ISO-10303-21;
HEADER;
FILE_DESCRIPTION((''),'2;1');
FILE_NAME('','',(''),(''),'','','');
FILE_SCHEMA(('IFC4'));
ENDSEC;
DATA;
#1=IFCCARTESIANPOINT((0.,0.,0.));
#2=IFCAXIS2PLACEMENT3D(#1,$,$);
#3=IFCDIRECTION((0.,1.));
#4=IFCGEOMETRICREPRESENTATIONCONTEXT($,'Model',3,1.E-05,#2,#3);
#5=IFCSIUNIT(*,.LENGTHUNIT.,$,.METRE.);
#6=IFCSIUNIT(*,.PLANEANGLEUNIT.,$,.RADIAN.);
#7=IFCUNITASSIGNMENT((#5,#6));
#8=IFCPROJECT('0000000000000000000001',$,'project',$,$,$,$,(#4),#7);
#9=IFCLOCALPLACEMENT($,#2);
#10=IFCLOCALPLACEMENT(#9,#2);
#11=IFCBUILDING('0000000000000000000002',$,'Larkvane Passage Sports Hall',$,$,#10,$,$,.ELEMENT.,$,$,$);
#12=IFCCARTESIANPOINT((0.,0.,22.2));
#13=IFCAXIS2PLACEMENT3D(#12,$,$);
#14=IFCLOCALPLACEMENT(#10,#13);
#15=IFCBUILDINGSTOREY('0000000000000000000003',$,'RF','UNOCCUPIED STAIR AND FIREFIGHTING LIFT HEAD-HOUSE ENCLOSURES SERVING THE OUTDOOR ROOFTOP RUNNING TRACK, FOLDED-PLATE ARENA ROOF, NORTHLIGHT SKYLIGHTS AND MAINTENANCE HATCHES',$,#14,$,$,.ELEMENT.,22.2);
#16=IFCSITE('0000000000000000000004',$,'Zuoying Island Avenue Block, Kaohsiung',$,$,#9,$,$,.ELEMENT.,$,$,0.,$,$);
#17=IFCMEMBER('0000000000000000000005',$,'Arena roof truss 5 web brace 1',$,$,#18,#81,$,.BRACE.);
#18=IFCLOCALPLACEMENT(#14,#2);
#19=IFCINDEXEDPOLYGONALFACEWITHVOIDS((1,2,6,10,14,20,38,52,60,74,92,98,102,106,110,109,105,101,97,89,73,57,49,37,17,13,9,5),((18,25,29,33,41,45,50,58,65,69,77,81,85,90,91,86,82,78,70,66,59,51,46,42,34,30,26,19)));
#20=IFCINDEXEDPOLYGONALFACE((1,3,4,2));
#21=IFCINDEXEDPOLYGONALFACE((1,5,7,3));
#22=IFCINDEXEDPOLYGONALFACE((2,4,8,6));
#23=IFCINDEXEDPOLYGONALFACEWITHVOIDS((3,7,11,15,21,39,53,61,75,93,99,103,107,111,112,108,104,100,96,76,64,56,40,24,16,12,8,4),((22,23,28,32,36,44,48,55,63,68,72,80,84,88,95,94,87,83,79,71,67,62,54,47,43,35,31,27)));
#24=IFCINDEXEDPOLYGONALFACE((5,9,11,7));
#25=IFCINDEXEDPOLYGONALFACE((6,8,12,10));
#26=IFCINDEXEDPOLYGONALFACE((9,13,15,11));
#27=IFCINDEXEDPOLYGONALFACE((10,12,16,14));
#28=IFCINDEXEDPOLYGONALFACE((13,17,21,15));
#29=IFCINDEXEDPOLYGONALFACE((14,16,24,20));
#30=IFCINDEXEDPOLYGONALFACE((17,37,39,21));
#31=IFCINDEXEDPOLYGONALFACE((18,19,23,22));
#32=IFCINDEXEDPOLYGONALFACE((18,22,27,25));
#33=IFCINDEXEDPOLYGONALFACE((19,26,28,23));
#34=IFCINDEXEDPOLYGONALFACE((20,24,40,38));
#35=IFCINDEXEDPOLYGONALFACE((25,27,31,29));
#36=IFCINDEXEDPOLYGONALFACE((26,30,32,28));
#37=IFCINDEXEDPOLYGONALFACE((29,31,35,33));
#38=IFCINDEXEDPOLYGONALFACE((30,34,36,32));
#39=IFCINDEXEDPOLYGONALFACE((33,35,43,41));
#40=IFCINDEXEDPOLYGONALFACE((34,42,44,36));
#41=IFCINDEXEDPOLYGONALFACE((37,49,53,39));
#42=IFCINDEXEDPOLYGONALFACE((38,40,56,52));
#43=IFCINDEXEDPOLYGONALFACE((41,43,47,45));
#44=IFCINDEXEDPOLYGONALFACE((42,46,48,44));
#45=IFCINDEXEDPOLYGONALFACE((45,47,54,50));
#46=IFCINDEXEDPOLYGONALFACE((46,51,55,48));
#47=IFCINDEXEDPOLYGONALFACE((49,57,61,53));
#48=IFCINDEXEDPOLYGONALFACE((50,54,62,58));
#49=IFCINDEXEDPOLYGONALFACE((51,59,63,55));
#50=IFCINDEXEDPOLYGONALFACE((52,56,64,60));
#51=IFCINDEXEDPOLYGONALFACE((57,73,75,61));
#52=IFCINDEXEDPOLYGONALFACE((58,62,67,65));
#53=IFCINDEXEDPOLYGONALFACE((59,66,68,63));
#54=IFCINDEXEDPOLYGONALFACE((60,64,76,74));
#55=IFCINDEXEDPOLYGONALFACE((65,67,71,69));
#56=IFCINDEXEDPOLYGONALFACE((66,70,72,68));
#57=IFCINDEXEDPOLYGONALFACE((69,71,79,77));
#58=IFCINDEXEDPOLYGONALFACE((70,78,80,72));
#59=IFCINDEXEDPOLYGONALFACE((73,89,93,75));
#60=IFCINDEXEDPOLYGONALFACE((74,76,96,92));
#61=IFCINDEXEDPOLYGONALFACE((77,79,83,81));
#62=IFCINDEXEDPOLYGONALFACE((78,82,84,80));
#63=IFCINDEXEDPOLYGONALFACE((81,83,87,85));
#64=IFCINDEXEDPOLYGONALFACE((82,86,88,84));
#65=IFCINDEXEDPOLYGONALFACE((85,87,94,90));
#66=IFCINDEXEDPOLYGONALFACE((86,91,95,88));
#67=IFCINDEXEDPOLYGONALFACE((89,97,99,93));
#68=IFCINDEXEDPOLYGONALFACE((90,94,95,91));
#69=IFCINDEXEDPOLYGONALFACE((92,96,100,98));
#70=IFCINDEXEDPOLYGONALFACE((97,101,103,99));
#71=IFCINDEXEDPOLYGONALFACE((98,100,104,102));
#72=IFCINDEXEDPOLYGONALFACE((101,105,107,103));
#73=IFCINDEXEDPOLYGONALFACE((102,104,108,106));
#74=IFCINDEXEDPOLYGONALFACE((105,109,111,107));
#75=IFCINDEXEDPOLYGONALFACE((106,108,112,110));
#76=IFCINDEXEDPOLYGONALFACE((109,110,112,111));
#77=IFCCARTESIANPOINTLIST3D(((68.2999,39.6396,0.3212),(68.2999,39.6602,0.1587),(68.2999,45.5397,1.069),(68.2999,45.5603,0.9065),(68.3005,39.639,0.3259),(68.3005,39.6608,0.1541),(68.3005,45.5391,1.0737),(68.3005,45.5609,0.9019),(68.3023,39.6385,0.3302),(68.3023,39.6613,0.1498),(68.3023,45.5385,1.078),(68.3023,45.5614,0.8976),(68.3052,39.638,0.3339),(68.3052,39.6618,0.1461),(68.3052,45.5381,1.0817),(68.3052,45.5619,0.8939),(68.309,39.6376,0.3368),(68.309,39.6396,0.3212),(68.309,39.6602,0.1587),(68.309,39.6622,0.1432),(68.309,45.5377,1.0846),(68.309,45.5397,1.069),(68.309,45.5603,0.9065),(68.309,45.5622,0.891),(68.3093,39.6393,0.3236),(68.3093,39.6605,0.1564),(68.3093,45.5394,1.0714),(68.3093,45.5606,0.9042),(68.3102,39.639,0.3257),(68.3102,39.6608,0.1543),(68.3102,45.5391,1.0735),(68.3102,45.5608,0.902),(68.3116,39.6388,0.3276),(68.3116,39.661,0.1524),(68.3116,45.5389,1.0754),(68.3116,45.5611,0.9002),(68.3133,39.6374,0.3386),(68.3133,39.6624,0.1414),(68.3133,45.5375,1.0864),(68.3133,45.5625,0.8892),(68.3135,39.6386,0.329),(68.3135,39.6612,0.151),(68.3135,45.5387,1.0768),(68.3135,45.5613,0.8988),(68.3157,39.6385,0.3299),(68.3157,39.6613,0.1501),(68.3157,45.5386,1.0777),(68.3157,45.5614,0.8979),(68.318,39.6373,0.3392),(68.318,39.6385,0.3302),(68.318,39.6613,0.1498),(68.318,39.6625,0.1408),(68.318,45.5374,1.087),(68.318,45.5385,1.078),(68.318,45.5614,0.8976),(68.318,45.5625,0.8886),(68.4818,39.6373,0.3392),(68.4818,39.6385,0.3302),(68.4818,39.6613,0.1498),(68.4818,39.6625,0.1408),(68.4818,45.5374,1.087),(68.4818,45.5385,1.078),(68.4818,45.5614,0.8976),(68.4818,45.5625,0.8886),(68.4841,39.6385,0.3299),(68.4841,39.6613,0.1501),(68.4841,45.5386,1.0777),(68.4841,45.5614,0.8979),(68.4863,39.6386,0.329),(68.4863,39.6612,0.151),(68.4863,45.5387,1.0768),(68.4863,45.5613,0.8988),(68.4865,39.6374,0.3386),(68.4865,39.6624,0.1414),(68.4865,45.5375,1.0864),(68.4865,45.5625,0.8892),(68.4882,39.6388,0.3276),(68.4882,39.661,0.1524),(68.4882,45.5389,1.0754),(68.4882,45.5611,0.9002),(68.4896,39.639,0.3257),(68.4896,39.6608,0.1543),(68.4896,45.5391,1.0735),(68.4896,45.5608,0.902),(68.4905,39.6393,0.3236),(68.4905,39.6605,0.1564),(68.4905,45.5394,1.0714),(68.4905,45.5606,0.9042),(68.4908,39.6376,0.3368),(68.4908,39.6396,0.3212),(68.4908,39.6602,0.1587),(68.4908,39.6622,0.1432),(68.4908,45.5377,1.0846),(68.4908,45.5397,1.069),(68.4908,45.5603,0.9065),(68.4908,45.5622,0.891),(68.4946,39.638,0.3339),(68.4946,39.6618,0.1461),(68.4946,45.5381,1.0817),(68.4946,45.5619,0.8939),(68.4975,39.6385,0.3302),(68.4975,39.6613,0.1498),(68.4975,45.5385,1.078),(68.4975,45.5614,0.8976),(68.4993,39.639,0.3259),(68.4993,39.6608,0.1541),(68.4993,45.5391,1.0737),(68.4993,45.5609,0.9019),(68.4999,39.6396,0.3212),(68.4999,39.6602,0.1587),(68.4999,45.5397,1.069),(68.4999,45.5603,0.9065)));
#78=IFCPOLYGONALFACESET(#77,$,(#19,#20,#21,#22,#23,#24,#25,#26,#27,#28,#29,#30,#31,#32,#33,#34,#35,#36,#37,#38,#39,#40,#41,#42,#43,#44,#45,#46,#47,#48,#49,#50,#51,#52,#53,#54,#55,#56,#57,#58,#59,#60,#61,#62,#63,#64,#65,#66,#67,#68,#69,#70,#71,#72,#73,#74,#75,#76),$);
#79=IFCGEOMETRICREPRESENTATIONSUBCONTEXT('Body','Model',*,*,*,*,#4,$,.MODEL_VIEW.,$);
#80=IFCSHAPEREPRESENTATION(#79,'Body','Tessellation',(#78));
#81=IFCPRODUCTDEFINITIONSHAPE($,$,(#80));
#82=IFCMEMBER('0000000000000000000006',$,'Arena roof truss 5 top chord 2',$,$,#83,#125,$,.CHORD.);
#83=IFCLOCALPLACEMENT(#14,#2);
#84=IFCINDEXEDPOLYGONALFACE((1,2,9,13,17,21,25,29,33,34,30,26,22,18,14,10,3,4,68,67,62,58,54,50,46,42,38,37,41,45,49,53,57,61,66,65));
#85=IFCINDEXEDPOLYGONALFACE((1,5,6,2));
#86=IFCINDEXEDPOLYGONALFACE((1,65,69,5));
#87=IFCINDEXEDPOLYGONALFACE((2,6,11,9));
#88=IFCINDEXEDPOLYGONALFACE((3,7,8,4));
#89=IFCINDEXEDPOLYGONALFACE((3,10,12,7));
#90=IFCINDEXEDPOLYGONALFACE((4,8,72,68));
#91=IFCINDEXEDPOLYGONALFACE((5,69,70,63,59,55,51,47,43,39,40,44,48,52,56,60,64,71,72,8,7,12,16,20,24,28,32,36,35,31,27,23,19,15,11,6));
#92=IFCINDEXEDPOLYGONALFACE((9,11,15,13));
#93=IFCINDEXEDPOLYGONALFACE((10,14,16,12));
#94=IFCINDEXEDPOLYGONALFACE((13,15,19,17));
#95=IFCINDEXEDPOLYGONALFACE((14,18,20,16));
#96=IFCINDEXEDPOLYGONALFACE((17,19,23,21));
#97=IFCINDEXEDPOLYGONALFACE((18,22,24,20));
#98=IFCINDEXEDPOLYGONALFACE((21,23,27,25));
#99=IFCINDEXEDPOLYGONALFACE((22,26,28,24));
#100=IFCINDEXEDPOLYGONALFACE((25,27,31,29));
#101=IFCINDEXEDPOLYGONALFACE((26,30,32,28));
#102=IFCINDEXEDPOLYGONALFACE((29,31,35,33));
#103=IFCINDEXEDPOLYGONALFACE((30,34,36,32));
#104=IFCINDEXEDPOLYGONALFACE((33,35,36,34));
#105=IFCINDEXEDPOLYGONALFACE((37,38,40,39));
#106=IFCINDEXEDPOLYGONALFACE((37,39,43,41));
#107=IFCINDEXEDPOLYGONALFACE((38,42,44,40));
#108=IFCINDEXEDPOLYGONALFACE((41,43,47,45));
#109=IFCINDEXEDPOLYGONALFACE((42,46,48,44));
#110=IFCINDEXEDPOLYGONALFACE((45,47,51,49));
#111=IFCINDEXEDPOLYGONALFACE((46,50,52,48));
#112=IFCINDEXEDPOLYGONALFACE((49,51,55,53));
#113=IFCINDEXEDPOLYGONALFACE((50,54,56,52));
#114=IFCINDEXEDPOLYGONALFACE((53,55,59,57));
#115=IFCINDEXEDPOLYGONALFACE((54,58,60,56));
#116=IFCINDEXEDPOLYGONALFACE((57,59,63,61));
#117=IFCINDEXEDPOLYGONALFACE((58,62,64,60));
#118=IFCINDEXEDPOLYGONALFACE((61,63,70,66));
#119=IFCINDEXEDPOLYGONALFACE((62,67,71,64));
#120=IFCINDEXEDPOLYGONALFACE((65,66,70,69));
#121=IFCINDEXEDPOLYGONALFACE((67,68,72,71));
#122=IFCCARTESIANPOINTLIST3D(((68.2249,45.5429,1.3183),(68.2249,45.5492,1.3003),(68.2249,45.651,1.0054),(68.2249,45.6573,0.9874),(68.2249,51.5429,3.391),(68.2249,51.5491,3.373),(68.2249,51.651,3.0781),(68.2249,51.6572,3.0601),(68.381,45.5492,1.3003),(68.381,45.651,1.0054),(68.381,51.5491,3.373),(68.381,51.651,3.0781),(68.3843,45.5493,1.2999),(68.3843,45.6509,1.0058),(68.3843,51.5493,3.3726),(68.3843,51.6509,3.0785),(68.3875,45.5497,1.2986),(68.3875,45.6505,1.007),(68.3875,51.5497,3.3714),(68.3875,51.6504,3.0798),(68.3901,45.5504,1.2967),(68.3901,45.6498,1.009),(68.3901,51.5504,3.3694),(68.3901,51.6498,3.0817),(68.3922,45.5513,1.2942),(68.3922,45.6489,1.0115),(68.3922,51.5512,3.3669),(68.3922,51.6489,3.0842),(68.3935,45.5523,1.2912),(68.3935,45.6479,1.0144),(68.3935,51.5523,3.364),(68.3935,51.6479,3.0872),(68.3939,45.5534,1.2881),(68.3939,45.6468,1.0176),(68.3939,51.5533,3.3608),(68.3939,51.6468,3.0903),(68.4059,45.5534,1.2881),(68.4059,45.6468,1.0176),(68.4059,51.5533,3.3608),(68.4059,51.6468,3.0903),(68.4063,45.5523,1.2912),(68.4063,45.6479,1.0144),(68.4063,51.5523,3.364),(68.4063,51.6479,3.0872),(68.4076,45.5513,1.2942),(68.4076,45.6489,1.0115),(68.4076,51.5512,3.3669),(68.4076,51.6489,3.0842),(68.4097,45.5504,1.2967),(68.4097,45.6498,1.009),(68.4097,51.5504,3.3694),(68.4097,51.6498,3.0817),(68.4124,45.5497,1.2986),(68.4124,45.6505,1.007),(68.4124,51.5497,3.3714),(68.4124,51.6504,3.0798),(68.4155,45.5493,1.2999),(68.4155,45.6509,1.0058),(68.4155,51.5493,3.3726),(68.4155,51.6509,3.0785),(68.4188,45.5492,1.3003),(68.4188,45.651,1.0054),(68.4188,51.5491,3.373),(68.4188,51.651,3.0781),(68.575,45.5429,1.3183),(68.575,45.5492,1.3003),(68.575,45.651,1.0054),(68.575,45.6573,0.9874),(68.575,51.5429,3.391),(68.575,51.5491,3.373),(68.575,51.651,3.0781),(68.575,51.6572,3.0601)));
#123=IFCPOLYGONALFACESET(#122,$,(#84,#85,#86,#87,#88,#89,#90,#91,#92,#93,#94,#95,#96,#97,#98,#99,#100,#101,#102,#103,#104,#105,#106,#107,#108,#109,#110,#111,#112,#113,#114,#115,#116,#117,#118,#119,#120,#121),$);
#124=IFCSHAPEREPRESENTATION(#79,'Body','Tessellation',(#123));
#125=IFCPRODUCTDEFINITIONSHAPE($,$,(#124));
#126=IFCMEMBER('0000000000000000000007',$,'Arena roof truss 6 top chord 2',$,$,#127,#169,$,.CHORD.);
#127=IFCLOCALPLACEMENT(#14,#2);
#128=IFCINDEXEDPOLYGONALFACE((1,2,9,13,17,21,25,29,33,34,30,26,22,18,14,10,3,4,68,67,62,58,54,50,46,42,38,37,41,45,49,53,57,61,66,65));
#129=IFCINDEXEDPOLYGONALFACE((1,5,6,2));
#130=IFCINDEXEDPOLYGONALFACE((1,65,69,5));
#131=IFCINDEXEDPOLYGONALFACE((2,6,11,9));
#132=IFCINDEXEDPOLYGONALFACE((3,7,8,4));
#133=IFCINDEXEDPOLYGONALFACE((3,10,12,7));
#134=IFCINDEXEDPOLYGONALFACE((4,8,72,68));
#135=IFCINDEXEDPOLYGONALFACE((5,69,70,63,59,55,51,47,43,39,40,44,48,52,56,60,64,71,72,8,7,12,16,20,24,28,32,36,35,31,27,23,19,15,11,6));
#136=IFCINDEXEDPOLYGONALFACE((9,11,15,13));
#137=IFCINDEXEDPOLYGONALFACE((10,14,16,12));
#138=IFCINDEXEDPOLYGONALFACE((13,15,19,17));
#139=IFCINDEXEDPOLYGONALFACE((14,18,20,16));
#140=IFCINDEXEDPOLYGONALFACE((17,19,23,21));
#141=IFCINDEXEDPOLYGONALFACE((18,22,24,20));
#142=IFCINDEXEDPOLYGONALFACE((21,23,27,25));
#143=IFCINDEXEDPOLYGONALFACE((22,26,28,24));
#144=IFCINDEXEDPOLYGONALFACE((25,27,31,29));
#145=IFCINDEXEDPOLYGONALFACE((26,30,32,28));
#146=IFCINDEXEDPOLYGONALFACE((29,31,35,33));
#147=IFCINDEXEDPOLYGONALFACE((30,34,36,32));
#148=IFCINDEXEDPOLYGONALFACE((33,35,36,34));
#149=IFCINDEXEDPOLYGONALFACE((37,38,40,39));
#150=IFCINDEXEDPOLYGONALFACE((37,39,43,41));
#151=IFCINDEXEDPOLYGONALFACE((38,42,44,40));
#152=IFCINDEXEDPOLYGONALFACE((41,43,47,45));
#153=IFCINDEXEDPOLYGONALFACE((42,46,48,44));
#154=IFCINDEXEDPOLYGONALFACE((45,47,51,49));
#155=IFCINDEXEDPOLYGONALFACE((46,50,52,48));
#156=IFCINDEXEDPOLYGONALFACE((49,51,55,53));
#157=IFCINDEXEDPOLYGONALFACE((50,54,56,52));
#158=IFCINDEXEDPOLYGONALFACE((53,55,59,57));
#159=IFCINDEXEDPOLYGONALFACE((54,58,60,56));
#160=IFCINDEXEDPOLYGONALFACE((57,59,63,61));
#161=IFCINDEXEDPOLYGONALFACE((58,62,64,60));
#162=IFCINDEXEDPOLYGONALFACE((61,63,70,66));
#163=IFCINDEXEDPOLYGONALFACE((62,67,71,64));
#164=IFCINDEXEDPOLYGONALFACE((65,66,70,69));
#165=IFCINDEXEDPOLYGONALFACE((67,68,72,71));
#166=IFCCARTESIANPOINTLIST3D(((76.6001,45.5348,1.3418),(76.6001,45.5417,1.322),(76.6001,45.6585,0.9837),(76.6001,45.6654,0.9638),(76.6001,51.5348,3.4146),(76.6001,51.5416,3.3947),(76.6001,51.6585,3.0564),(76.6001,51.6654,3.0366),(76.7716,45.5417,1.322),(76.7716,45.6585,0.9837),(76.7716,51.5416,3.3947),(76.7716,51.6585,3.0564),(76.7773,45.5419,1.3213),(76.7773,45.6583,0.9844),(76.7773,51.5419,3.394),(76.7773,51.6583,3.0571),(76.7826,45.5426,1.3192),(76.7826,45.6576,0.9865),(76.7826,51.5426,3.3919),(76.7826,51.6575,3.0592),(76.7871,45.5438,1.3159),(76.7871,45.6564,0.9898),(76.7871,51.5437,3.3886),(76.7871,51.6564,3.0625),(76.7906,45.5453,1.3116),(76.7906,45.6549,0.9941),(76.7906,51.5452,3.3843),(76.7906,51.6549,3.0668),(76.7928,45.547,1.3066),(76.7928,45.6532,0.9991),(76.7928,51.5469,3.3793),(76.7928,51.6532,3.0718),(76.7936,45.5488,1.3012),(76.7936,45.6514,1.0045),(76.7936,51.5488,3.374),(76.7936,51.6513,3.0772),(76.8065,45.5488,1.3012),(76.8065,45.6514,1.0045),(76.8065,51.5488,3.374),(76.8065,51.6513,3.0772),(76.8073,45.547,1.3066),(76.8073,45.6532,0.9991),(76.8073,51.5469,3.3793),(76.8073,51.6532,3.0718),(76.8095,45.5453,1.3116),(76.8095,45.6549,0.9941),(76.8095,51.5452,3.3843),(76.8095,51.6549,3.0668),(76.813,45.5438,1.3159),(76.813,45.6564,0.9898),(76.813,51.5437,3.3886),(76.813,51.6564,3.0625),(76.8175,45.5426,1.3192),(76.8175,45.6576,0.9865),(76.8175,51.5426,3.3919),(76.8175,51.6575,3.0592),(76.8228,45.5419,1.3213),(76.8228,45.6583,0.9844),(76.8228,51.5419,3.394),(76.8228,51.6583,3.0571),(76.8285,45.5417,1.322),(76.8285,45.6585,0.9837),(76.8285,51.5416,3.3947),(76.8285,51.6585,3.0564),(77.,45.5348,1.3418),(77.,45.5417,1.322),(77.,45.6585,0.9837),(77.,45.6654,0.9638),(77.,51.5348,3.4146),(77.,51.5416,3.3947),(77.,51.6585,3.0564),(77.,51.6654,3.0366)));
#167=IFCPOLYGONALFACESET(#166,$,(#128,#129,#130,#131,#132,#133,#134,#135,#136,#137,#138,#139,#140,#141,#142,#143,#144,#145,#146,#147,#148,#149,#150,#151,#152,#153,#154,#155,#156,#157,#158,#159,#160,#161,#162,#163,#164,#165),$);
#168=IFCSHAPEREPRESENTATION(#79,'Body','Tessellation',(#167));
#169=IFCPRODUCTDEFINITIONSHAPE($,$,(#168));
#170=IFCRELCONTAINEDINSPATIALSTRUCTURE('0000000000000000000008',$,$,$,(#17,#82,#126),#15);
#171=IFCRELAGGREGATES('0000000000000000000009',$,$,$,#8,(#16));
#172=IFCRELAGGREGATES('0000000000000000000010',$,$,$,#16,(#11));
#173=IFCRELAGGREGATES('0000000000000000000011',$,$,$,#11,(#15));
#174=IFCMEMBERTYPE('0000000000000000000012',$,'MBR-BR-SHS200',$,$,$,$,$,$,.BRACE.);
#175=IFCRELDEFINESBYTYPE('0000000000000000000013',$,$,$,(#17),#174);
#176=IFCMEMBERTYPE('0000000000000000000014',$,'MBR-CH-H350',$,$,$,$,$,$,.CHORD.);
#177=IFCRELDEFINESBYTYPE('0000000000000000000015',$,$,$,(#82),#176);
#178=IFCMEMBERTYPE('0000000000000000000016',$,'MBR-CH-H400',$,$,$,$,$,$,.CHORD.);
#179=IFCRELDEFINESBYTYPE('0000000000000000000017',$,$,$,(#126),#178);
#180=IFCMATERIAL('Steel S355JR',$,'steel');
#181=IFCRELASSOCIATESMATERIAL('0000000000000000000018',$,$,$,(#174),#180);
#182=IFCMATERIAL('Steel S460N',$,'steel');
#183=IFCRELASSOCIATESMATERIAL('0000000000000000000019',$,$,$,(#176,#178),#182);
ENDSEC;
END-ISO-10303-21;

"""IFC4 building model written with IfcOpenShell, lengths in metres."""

from ifc_helpers import new_model, si_unit, direction, frame, origin, origin_2d, place, context, subcontext, project, spatial, hollow_rectangle, i_section, extrude, material, material_profile, profile_set, type_object, element, save


model = new_model("IFC4")

# Units and contexts
model_context = context("Model", 3, precision=1e-05, world=origin(), true_north=direction((0.0, 1.0)))
body_context = subcontext(model_context, "Body", "Model", "MODEL_VIEW")
ifc_project = project(units=[si_unit("LENGTHUNIT", "METRE"), si_unit("PLANEANGLEUNIT", "RADIAN")], contexts=[model_context])

# Site, building, storey
site_placement = place(None, origin())
site = spatial("IfcSite", under=ifc_project, at=site_placement, Name="Zuoying Island Avenue Block, Kaohsiung", CompositionType="ELEMENT", RefElevation=0.0)
building_placement = place(site_placement, origin())
building = spatial("IfcBuilding", under=site, at=building_placement, Name="Larkvane Passage Sports Hall", CompositionType="ELEMENT")
storey_placement = place(building_placement, frame((0.0, 0.0, 22.2)))
storey = spatial("IfcBuildingStorey", under=building, at=storey_placement, Name="RF", Description="UNOCCUPIED STAIR AND FIREFIGHTING LIFT HEAD-HOUSE ENCLOSURES SERVING THE OUTDOOR ROOFTOP RUNNING TRACK, FOLDED-PLATE ARENA ROOF, NORTHLIGHT SKYLIGHTS AND MAINTENANCE HATCHES", CompositionType="ELEMENT", Elevation=22.2)

# Members
ifc_material_1 = material(Name="Steel S355JR", Category="steel")
ifc_material_profile_1 = material_profile(ifc_material_1, hollow_rectangle(XDim=0.2, YDim=0.2, WallThickness=0.009, InnerFilletRadius=0.009, OuterFilletRadius=0.0181, at=origin_2d()), Name="SHS-200x200x9")
ifc_profile_set_1 = profile_set([ifc_material_profile_1], Name="Steel S355JR")
member_type_1 = type_object("IfcMemberType", Name="MBR-BR-SHS200", PredefinedType="BRACE", material=ifc_profile_set_1)
member_1_placement = place(storey_placement, frame((68.3999, 39.6499, 0.24), z_axis=(0.0, 0.992064, 0.125737), x_axis=(-1.0, 0.0, 0.0)))
element("IfcMember", 1, at=member_1_placement, inside=storey, type_object=member_type_1, Name="Arena roof truss 5 web brace 1", PredefinedType="BRACE", context=body_context, shape_type="SweptSolid", body=[
    extrude(hollow_rectangle(XDim=0.2, YDim=0.2, WallThickness=0.009, InnerFilletRadius=0.009, OuterFilletRadius=0.0181, at=origin_2d()), origin(), (0.0, 0.0, 1.0), 5.9473),
])
ifc_material_2 = material(Name="Steel S460N", Category="steel")
ifc_material_profile_2 = material_profile(ifc_material_2, i_section(OverallWidth=0.3501, OverallDepth=0.3501, WebThickness=0.012, FlangeThickness=0.019, FilletRadius=0.0129, at=origin_2d()), Name="H-350x350x12x19")
ifc_profile_set_2 = profile_set([ifc_material_profile_2], Name="Steel S460N")
member_type_2 = type_object("IfcMemberType", Name="MBR-CH-H350", PredefinedType="CHORD", material=ifc_profile_set_2)
member_2_placement = place(storey_placement, frame((68.3999, 45.6001, 1.1528), z_axis=(0.0, 0.945189, 0.326524), x_axis=(-1.0, 0.0, 0.0)))
element("IfcMember", 2, at=member_2_placement, inside=storey, type_object=member_type_2, Name="Arena roof truss 5 top chord 2", PredefinedType="CHORD", context=body_context, shape_type="SweptSolid", body=[
    extrude(i_section(OverallWidth=0.3501, OverallDepth=0.3501, WebThickness=0.012, FlangeThickness=0.019, FilletRadius=0.0129, at=origin_2d()), origin(), (0.0, 0.0, 1.0), 6.3479),
])
ifc_material_profile_3 = material_profile(ifc_material_2, i_section(OverallWidth=0.3999, OverallDepth=0.3999, WebThickness=0.0129, FlangeThickness=0.021, FilletRadius=0.022, at=origin_2d()), Name="H-400x400x13x21")
ifc_profile_set_3 = profile_set([ifc_material_profile_3], Name="Steel S460N")
member_type_3 = type_object("IfcMemberType", Name="MBR-CH-H400", PredefinedType="CHORD", material=ifc_profile_set_3)
member_3_placement = place(storey_placement, frame((76.8, 45.6001, 1.1528), z_axis=(0.0, 0.945189, 0.326524), x_axis=(-1.0, 0.0, 0.0)))
element("IfcMember", 3, at=member_3_placement, inside=storey, type_object=member_type_3, Name="Arena roof truss 6 top chord 2", PredefinedType="CHORD", context=body_context, shape_type="SweptSolid", body=[
    extrude(i_section(OverallWidth=0.3999, OverallDepth=0.3999, WebThickness=0.0129, FlangeThickness=0.021, FilletRadius=0.022, at=origin_2d()), origin(), (0.0, 0.0, 1.0), 6.3479),
])

save(model, "model.ifc")
